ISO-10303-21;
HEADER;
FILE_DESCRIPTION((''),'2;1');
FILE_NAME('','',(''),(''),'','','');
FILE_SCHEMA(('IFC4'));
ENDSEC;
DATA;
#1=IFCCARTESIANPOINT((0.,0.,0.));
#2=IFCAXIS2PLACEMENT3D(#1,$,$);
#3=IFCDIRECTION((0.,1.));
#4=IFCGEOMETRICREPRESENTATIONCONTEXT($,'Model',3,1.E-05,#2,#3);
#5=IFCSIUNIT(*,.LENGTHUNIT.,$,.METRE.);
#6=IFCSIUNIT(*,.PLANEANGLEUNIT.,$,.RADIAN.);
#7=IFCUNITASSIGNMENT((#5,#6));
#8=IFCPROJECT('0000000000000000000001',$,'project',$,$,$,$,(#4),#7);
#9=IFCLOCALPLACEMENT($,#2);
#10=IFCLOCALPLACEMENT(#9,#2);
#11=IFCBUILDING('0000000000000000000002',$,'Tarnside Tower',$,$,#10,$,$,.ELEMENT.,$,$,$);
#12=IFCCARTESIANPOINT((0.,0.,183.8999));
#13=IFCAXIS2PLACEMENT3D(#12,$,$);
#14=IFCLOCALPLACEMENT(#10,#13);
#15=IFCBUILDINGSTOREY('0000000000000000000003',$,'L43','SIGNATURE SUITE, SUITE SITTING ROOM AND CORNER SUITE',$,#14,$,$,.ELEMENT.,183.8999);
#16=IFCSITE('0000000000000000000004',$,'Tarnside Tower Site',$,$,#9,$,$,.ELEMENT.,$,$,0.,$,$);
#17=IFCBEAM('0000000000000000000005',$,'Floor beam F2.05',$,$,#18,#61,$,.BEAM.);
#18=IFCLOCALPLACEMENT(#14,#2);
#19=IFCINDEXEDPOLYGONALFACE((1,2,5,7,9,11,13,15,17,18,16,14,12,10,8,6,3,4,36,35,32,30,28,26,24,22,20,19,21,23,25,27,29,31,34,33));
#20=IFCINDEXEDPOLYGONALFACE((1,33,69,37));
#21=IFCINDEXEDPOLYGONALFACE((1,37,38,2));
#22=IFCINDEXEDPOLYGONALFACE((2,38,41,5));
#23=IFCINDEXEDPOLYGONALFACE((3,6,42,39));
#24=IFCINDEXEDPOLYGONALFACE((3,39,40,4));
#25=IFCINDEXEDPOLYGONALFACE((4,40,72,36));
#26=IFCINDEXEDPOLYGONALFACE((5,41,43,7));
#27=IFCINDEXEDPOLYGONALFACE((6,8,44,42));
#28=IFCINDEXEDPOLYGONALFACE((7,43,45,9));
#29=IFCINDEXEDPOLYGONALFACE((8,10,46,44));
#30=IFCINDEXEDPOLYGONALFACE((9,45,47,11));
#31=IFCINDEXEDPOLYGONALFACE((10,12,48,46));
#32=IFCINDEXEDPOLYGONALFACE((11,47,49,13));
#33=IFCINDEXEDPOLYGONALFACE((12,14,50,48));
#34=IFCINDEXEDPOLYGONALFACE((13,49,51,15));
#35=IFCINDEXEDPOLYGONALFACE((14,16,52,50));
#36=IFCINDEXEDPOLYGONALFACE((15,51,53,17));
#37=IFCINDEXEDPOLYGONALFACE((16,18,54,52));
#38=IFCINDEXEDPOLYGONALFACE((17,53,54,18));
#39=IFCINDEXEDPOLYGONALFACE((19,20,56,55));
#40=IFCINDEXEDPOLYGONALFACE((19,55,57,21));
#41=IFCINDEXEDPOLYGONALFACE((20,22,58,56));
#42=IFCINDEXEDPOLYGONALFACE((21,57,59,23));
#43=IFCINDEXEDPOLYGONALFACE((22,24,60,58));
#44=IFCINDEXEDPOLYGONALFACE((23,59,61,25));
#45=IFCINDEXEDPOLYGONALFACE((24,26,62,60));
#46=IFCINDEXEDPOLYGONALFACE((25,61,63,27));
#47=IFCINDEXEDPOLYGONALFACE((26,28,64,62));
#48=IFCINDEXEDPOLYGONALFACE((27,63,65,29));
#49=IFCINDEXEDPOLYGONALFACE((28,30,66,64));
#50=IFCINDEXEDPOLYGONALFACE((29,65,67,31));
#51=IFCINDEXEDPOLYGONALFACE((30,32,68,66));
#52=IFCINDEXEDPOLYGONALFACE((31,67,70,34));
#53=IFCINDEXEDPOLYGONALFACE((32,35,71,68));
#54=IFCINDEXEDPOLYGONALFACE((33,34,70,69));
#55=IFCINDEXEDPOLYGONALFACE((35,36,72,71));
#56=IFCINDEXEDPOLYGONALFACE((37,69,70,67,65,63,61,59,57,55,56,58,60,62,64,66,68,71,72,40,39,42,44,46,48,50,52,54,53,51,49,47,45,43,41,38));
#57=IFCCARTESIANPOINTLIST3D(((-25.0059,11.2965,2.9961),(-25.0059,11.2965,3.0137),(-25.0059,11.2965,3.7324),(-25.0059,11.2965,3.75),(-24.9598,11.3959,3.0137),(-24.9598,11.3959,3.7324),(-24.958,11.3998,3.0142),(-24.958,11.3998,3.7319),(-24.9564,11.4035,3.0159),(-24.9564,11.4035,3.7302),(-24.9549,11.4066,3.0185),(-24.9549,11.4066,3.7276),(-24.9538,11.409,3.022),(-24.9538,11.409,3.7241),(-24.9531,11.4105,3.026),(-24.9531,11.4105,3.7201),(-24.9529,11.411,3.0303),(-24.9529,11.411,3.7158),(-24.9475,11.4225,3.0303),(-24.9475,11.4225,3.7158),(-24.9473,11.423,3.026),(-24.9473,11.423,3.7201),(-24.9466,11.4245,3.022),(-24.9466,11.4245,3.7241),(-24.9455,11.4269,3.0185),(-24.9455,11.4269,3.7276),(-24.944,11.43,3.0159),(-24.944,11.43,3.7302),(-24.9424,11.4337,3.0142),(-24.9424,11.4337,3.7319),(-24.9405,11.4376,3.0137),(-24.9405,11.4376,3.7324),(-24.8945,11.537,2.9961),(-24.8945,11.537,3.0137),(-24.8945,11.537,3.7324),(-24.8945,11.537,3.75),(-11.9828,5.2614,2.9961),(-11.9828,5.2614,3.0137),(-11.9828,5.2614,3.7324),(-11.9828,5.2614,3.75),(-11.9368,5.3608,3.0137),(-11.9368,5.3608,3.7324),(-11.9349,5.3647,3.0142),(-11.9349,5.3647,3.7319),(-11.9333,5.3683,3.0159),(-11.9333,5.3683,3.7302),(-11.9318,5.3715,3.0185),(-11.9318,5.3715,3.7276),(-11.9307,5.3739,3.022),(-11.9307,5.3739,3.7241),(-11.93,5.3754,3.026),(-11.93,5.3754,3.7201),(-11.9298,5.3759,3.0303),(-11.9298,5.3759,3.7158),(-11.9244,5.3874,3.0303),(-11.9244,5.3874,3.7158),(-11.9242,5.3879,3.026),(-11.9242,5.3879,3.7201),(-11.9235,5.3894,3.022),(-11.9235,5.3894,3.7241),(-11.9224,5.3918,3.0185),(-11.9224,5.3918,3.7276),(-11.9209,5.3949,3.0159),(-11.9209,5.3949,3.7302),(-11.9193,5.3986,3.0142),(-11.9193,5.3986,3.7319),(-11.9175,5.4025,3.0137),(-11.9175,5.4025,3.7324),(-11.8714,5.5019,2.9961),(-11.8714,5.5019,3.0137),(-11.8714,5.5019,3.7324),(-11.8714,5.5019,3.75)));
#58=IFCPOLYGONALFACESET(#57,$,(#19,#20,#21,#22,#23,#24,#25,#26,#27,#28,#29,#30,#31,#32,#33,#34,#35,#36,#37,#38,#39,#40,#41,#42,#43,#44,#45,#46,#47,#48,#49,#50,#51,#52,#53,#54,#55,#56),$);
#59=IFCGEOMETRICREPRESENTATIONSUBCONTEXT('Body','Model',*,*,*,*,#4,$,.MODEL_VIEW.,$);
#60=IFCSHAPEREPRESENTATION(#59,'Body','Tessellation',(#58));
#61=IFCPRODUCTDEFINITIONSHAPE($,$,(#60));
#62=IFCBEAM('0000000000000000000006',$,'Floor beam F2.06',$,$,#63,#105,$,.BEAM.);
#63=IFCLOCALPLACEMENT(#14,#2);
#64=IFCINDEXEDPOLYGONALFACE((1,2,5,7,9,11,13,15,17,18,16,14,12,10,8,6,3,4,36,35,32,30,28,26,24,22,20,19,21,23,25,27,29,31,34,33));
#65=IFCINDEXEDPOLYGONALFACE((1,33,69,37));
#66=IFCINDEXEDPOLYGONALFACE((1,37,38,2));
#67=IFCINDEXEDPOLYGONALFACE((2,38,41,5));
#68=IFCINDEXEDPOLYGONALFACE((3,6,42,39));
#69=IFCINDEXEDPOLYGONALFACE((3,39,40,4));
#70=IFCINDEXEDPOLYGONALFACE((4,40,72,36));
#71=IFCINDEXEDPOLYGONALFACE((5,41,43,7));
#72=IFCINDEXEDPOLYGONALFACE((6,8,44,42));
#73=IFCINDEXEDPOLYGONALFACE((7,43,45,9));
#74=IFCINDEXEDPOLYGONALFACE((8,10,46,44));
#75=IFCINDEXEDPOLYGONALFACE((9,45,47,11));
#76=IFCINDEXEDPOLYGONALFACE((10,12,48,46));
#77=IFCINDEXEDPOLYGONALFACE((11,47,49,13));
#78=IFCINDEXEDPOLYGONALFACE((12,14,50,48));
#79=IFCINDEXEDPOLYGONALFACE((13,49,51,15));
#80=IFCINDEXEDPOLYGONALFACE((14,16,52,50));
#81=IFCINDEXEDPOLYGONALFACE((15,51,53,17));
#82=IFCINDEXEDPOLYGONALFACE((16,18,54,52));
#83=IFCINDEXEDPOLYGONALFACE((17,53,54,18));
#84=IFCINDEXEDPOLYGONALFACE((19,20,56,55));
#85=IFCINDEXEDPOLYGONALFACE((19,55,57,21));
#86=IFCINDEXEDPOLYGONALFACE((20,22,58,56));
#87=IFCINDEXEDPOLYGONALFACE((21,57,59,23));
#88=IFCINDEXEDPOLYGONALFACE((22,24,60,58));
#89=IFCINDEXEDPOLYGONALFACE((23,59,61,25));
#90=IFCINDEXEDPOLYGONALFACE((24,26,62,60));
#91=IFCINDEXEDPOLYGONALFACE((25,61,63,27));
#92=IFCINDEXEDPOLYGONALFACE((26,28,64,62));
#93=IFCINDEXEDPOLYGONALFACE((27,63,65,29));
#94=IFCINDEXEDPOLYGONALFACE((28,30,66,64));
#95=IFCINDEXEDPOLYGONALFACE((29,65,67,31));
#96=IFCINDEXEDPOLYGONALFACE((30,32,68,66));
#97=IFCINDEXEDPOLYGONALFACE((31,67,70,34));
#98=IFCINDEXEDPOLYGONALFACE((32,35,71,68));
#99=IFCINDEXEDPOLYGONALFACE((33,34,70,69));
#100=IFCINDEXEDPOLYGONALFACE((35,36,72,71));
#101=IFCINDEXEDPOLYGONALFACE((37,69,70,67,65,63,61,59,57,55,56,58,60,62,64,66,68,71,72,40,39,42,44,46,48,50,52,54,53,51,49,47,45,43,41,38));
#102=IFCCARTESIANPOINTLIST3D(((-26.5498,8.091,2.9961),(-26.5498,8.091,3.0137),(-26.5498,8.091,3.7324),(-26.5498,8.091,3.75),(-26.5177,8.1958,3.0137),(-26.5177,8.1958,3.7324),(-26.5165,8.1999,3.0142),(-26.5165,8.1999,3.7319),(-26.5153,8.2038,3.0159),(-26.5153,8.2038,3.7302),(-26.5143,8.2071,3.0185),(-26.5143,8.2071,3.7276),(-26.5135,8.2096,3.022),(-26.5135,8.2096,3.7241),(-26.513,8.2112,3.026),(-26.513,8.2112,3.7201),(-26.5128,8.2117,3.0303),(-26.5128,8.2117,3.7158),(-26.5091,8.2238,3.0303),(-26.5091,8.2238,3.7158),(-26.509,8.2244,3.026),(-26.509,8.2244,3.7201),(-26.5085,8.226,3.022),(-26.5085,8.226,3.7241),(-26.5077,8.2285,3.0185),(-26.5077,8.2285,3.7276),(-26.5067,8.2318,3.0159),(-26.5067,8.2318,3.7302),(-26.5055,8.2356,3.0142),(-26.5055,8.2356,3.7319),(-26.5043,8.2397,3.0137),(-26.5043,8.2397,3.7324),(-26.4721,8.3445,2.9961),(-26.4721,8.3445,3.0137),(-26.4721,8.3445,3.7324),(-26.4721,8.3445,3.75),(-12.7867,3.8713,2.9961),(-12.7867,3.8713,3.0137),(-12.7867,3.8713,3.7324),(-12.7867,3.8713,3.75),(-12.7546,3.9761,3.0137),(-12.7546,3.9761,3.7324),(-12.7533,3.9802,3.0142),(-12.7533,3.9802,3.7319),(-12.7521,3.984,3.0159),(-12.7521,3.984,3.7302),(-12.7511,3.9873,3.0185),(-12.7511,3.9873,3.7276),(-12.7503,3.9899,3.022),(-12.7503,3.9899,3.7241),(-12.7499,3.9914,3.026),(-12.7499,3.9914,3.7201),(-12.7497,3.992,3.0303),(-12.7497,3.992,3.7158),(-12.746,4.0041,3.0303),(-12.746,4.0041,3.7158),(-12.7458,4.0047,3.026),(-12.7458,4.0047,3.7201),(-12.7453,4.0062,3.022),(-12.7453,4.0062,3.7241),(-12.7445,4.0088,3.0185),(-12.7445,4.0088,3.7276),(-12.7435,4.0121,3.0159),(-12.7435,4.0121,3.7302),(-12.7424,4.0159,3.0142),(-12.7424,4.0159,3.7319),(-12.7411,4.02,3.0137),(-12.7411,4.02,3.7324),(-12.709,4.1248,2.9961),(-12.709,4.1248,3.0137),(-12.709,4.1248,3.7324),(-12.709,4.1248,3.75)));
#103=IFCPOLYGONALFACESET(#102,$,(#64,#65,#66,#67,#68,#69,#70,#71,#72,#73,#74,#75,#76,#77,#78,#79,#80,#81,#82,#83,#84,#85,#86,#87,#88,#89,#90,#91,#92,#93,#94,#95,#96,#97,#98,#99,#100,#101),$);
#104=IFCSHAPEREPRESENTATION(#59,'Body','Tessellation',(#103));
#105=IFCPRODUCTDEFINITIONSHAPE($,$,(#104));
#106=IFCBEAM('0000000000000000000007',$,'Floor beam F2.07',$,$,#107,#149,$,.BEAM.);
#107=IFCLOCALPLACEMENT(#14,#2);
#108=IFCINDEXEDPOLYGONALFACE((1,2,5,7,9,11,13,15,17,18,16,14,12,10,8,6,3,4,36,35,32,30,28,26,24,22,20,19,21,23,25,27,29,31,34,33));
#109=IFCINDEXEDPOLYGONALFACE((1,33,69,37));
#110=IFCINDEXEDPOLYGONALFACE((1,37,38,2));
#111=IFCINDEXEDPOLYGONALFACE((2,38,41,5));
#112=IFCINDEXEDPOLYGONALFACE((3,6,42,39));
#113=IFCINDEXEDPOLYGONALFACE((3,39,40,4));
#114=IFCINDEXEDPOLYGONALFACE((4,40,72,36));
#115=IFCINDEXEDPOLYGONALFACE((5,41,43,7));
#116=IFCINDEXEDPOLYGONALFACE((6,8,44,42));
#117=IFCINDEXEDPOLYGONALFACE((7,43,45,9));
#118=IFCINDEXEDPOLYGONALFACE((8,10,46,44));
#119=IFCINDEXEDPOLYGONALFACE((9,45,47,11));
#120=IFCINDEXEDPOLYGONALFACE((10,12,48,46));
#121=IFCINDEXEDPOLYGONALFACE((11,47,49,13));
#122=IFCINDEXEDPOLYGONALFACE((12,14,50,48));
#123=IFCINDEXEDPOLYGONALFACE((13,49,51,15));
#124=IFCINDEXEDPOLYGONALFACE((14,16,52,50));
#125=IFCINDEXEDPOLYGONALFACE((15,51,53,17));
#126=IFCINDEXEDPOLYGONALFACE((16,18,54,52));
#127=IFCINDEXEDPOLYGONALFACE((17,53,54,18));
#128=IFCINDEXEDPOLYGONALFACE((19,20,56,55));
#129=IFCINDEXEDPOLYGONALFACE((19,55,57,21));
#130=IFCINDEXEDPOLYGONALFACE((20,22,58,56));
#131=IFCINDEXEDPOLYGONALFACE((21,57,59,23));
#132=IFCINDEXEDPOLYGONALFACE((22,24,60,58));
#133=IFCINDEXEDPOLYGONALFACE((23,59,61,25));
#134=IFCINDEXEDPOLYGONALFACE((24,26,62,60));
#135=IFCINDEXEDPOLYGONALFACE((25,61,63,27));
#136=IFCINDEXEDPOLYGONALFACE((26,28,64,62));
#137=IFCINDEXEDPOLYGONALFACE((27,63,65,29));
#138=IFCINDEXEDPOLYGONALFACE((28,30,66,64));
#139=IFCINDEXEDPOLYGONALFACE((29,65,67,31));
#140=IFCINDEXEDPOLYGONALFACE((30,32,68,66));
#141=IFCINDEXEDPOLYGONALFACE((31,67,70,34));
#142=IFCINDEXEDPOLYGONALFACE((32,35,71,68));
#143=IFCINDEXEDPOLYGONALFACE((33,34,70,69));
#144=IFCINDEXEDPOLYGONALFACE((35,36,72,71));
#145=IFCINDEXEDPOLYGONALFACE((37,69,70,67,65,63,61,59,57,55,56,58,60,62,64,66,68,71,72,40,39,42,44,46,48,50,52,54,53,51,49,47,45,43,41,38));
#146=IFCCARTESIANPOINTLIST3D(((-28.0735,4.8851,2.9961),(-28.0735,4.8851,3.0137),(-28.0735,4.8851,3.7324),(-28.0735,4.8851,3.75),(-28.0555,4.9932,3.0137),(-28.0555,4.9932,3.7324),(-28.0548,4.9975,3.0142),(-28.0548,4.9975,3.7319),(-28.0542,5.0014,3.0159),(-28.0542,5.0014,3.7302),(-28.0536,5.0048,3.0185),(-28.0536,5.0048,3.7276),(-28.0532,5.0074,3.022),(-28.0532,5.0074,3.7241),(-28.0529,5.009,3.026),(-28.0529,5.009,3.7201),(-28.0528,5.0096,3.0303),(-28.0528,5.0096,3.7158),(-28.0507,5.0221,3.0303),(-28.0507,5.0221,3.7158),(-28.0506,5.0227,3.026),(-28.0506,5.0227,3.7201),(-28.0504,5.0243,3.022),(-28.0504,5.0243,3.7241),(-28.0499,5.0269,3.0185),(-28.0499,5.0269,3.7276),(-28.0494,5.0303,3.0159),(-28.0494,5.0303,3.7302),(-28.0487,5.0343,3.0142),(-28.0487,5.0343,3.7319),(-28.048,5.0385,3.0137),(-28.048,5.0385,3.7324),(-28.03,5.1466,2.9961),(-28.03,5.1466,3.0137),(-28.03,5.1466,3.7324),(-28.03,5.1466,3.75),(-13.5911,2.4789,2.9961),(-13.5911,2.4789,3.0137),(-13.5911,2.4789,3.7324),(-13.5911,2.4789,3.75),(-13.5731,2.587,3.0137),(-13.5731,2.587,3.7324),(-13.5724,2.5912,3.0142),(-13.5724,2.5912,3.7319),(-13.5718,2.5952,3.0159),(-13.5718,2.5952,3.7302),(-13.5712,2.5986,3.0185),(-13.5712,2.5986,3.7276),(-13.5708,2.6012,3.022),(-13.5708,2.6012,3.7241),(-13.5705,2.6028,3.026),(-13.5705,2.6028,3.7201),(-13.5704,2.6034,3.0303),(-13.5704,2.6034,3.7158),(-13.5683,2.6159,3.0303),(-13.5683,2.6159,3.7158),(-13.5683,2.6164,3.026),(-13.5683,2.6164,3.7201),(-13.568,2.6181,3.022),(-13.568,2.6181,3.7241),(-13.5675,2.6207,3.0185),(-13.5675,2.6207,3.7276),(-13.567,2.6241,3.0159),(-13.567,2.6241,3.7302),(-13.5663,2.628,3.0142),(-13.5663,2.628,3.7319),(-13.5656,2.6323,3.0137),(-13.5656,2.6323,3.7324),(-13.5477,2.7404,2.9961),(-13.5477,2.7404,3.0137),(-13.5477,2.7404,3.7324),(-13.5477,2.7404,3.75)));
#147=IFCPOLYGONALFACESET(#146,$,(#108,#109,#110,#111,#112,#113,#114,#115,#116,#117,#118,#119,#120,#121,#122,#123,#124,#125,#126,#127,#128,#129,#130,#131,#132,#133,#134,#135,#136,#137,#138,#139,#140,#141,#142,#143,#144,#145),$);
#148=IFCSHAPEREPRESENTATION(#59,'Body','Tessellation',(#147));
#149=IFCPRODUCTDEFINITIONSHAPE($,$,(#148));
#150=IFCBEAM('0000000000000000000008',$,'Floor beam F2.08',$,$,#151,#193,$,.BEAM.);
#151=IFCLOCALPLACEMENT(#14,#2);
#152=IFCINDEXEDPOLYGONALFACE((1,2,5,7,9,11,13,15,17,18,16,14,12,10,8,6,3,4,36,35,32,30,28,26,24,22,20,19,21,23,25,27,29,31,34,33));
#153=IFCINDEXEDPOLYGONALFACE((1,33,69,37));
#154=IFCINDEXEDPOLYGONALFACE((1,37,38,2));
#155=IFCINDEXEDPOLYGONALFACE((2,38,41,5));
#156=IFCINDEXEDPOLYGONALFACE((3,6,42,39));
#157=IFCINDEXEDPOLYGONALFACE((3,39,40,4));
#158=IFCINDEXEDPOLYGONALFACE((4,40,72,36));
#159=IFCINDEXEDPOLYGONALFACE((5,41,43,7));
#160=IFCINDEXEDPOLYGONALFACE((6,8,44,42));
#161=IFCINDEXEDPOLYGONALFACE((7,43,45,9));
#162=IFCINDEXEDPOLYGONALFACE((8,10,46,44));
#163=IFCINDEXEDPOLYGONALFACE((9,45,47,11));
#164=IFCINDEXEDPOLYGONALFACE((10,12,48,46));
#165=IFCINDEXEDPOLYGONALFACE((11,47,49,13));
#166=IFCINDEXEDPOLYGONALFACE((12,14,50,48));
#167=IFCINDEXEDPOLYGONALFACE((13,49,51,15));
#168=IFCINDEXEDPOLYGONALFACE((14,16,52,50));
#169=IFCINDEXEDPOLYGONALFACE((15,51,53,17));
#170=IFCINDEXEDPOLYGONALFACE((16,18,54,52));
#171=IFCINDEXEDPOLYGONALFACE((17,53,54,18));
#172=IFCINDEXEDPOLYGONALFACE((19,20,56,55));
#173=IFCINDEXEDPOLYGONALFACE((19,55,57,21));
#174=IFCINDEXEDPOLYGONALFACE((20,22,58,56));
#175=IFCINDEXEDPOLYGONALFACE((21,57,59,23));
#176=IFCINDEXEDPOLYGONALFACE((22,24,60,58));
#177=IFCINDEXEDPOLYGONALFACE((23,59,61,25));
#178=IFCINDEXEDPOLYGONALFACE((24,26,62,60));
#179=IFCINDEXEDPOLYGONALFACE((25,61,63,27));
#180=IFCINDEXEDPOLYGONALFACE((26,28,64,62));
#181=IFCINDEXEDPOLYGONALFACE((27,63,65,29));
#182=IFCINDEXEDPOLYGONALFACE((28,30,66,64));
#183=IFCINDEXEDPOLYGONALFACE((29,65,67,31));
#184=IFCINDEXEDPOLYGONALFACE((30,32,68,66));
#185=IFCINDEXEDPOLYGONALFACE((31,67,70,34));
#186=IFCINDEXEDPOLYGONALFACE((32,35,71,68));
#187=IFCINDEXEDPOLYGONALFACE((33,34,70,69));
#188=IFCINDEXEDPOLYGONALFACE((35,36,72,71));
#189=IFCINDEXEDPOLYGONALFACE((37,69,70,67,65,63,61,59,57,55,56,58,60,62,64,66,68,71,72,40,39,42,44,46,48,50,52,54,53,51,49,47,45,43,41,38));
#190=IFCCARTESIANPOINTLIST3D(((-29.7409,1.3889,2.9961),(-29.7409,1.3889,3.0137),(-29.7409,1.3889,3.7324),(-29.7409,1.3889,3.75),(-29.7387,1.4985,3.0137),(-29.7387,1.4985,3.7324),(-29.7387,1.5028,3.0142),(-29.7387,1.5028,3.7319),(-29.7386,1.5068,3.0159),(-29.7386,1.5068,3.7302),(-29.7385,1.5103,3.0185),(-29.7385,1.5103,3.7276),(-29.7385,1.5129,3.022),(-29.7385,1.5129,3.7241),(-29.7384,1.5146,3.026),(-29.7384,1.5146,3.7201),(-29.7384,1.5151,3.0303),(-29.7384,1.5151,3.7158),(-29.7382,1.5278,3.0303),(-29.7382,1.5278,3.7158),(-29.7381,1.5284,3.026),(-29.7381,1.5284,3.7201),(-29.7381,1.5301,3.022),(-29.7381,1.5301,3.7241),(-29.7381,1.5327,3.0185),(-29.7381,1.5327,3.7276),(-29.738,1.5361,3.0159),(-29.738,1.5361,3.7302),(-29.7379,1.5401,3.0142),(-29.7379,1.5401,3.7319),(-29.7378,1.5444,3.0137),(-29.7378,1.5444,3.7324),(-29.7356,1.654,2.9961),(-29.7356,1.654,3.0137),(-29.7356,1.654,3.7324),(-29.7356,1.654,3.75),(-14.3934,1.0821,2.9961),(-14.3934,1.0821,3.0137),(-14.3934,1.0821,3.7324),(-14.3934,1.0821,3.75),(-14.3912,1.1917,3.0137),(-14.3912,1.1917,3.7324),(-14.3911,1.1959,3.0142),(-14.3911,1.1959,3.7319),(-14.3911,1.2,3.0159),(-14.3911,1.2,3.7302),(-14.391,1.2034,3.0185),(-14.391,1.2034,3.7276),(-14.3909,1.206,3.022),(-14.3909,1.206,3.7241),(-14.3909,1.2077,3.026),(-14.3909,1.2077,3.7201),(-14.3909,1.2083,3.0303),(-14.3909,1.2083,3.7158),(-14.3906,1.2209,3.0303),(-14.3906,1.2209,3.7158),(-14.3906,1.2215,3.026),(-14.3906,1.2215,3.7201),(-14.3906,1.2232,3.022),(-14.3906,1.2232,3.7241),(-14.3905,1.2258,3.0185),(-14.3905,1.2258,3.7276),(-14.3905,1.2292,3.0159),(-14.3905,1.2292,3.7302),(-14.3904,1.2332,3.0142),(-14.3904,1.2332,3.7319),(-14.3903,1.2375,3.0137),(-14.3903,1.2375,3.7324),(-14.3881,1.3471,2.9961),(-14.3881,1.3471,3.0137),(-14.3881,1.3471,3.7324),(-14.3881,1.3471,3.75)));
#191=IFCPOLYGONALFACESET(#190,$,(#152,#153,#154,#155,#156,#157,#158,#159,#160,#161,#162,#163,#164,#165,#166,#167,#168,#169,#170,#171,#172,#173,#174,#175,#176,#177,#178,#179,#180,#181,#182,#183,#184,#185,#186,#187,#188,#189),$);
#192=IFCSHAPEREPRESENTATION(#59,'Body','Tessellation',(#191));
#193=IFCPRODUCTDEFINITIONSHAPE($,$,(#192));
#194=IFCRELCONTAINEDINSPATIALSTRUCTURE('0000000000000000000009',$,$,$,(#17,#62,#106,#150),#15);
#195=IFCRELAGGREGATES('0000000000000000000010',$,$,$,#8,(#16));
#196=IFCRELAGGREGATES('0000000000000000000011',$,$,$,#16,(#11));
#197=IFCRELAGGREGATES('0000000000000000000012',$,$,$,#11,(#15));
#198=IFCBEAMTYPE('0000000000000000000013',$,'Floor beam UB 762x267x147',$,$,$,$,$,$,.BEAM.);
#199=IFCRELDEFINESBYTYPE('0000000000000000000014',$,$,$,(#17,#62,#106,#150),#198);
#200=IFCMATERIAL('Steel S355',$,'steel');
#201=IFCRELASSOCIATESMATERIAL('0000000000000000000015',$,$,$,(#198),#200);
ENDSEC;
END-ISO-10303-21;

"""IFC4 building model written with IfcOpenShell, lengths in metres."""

from ifc_helpers import new_model, si_unit, direction, frame, origin, origin_2d, place, context, subcontext, project, spatial, i_section, extrude, material, material_profile, profile_set, type_object, element, save


model = new_model("IFC4")

# Units and contexts
model_context = context("Model", 3, precision=1e-05, world=origin(), true_north=direction((0.0, 1.0)))
body_context = subcontext(model_context, "Body", "Model", "MODEL_VIEW")
ifc_project = project(units=[si_unit("LENGTHUNIT", "METRE"), si_unit("PLANEANGLEUNIT", "RADIAN")], contexts=[model_context])

# Site, building, storey
site_placement = place(None, origin())
site = spatial("IfcSite", under=ifc_project, at=site_placement, Name="Tarnside Tower Site", CompositionType="ELEMENT", RefElevation=0.0)
building_placement = place(site_placement, origin())
building = spatial("IfcBuilding", under=site, at=building_placement, Name="Tarnside Tower", CompositionType="ELEMENT")
storey_placement = place(building_placement, frame((0.0, 0.0, 183.8999)))
storey = spatial("IfcBuildingStorey", under=building, at=storey_placement, Name="L43", Description="SIGNATURE SUITE, SUITE SITTING ROOM AND CORNER SUITE", CompositionType="ELEMENT", Elevation=183.8999)

# Beams
ifc_material_1 = material(Name="Steel S355", Category="steel")
ifc_material_profile = material_profile(ifc_material_1, i_section(OverallWidth=0.2651, OverallDepth=0.7539, WebThickness=0.0127, FlangeThickness=0.0176, FilletRadius=0.0166, at=origin_2d()), Name="UB 762x267x147")
ifc_profile_set = profile_set([ifc_material_profile], Name="Steel S355")
beam_type = type_object("IfcBeamType", Name="Floor beam UB 762x267x147", PredefinedType="BEAM", material=ifc_profile_set)
beam_1_placement = place(storey_placement, frame((-24.9502, 11.4167, 3.373), z_axis=(0.90731, -0.420462, 0.0), x_axis=(0.420462, 0.90731, 0.0)))
element("IfcBeam", 1, at=beam_1_placement, inside=storey, type_object=beam_type, Name="Floor beam F2.05", PredefinedType="BEAM", context=body_context, shape_type="SweptSolid", body=[
    extrude(i_section(OverallWidth=0.2651, OverallDepth=0.7539, WebThickness=0.0127, FlangeThickness=0.0176, FilletRadius=0.0166, at=origin_2d()), origin(), (0.0, 0.0, 1.0), 14.3535),
])
beam_2_placement = place(storey_placement, frame((-26.511, 8.2178, 3.373), z_axis=(0.956073, -0.293128, 0.0), x_axis=(0.293128, 0.956073, 0.0)))
element("IfcBeam", 2, at=beam_2_placement, inside=storey, type_object=beam_type, Name="Floor beam F2.06", PredefinedType="BEAM", context=body_context, shape_type="SweptSolid", body=[
    extrude(i_section(OverallWidth=0.2651, OverallDepth=0.7539, WebThickness=0.0127, FlangeThickness=0.0176, FilletRadius=0.0166, at=origin_2d()), origin(), (0.0, 0.0, 1.0), 14.3955),
])
beam_3_placement = place(storey_placement, frame((-28.0518, 5.0159, 3.373), z_axis=(0.986476, -0.163903, 0.0), x_axis=(0.163903, 0.986476, 0.0)))
element("IfcBeam", 3, at=beam_3_placement, inside=storey, type_object=beam_type, Name="Floor beam F2.07", PredefinedType="BEAM", context=body_context, shape_type="SweptSolid", body=[
    extrude(i_section(OverallWidth=0.2651, OverallDepth=0.7539, WebThickness=0.0127, FlangeThickness=0.0176, FilletRadius=0.0166, at=origin_2d()), origin(), (0.0, 0.0, 1.0), 14.6809),
])
beam_4_placement = place(storey_placement, frame((-29.7383, 1.5215, 3.373), z_axis=(0.9998, -0.019992, 0.0), x_axis=(0.019992, 0.9998, 0.0)))
element("IfcBeam", 4, at=beam_4_placement, inside=storey, type_object=beam_type, Name="Floor beam F2.08", PredefinedType="BEAM", context=body_context, shape_type="SweptSolid", body=[
    extrude(i_section(OverallWidth=0.2651, OverallDepth=0.7539, WebThickness=0.0127, FlangeThickness=0.0176, FilletRadius=0.0166, at=origin_2d()), origin(), (0.0, 0.0, 1.0), 15.3506),
])

save(model, "model.ifc")
